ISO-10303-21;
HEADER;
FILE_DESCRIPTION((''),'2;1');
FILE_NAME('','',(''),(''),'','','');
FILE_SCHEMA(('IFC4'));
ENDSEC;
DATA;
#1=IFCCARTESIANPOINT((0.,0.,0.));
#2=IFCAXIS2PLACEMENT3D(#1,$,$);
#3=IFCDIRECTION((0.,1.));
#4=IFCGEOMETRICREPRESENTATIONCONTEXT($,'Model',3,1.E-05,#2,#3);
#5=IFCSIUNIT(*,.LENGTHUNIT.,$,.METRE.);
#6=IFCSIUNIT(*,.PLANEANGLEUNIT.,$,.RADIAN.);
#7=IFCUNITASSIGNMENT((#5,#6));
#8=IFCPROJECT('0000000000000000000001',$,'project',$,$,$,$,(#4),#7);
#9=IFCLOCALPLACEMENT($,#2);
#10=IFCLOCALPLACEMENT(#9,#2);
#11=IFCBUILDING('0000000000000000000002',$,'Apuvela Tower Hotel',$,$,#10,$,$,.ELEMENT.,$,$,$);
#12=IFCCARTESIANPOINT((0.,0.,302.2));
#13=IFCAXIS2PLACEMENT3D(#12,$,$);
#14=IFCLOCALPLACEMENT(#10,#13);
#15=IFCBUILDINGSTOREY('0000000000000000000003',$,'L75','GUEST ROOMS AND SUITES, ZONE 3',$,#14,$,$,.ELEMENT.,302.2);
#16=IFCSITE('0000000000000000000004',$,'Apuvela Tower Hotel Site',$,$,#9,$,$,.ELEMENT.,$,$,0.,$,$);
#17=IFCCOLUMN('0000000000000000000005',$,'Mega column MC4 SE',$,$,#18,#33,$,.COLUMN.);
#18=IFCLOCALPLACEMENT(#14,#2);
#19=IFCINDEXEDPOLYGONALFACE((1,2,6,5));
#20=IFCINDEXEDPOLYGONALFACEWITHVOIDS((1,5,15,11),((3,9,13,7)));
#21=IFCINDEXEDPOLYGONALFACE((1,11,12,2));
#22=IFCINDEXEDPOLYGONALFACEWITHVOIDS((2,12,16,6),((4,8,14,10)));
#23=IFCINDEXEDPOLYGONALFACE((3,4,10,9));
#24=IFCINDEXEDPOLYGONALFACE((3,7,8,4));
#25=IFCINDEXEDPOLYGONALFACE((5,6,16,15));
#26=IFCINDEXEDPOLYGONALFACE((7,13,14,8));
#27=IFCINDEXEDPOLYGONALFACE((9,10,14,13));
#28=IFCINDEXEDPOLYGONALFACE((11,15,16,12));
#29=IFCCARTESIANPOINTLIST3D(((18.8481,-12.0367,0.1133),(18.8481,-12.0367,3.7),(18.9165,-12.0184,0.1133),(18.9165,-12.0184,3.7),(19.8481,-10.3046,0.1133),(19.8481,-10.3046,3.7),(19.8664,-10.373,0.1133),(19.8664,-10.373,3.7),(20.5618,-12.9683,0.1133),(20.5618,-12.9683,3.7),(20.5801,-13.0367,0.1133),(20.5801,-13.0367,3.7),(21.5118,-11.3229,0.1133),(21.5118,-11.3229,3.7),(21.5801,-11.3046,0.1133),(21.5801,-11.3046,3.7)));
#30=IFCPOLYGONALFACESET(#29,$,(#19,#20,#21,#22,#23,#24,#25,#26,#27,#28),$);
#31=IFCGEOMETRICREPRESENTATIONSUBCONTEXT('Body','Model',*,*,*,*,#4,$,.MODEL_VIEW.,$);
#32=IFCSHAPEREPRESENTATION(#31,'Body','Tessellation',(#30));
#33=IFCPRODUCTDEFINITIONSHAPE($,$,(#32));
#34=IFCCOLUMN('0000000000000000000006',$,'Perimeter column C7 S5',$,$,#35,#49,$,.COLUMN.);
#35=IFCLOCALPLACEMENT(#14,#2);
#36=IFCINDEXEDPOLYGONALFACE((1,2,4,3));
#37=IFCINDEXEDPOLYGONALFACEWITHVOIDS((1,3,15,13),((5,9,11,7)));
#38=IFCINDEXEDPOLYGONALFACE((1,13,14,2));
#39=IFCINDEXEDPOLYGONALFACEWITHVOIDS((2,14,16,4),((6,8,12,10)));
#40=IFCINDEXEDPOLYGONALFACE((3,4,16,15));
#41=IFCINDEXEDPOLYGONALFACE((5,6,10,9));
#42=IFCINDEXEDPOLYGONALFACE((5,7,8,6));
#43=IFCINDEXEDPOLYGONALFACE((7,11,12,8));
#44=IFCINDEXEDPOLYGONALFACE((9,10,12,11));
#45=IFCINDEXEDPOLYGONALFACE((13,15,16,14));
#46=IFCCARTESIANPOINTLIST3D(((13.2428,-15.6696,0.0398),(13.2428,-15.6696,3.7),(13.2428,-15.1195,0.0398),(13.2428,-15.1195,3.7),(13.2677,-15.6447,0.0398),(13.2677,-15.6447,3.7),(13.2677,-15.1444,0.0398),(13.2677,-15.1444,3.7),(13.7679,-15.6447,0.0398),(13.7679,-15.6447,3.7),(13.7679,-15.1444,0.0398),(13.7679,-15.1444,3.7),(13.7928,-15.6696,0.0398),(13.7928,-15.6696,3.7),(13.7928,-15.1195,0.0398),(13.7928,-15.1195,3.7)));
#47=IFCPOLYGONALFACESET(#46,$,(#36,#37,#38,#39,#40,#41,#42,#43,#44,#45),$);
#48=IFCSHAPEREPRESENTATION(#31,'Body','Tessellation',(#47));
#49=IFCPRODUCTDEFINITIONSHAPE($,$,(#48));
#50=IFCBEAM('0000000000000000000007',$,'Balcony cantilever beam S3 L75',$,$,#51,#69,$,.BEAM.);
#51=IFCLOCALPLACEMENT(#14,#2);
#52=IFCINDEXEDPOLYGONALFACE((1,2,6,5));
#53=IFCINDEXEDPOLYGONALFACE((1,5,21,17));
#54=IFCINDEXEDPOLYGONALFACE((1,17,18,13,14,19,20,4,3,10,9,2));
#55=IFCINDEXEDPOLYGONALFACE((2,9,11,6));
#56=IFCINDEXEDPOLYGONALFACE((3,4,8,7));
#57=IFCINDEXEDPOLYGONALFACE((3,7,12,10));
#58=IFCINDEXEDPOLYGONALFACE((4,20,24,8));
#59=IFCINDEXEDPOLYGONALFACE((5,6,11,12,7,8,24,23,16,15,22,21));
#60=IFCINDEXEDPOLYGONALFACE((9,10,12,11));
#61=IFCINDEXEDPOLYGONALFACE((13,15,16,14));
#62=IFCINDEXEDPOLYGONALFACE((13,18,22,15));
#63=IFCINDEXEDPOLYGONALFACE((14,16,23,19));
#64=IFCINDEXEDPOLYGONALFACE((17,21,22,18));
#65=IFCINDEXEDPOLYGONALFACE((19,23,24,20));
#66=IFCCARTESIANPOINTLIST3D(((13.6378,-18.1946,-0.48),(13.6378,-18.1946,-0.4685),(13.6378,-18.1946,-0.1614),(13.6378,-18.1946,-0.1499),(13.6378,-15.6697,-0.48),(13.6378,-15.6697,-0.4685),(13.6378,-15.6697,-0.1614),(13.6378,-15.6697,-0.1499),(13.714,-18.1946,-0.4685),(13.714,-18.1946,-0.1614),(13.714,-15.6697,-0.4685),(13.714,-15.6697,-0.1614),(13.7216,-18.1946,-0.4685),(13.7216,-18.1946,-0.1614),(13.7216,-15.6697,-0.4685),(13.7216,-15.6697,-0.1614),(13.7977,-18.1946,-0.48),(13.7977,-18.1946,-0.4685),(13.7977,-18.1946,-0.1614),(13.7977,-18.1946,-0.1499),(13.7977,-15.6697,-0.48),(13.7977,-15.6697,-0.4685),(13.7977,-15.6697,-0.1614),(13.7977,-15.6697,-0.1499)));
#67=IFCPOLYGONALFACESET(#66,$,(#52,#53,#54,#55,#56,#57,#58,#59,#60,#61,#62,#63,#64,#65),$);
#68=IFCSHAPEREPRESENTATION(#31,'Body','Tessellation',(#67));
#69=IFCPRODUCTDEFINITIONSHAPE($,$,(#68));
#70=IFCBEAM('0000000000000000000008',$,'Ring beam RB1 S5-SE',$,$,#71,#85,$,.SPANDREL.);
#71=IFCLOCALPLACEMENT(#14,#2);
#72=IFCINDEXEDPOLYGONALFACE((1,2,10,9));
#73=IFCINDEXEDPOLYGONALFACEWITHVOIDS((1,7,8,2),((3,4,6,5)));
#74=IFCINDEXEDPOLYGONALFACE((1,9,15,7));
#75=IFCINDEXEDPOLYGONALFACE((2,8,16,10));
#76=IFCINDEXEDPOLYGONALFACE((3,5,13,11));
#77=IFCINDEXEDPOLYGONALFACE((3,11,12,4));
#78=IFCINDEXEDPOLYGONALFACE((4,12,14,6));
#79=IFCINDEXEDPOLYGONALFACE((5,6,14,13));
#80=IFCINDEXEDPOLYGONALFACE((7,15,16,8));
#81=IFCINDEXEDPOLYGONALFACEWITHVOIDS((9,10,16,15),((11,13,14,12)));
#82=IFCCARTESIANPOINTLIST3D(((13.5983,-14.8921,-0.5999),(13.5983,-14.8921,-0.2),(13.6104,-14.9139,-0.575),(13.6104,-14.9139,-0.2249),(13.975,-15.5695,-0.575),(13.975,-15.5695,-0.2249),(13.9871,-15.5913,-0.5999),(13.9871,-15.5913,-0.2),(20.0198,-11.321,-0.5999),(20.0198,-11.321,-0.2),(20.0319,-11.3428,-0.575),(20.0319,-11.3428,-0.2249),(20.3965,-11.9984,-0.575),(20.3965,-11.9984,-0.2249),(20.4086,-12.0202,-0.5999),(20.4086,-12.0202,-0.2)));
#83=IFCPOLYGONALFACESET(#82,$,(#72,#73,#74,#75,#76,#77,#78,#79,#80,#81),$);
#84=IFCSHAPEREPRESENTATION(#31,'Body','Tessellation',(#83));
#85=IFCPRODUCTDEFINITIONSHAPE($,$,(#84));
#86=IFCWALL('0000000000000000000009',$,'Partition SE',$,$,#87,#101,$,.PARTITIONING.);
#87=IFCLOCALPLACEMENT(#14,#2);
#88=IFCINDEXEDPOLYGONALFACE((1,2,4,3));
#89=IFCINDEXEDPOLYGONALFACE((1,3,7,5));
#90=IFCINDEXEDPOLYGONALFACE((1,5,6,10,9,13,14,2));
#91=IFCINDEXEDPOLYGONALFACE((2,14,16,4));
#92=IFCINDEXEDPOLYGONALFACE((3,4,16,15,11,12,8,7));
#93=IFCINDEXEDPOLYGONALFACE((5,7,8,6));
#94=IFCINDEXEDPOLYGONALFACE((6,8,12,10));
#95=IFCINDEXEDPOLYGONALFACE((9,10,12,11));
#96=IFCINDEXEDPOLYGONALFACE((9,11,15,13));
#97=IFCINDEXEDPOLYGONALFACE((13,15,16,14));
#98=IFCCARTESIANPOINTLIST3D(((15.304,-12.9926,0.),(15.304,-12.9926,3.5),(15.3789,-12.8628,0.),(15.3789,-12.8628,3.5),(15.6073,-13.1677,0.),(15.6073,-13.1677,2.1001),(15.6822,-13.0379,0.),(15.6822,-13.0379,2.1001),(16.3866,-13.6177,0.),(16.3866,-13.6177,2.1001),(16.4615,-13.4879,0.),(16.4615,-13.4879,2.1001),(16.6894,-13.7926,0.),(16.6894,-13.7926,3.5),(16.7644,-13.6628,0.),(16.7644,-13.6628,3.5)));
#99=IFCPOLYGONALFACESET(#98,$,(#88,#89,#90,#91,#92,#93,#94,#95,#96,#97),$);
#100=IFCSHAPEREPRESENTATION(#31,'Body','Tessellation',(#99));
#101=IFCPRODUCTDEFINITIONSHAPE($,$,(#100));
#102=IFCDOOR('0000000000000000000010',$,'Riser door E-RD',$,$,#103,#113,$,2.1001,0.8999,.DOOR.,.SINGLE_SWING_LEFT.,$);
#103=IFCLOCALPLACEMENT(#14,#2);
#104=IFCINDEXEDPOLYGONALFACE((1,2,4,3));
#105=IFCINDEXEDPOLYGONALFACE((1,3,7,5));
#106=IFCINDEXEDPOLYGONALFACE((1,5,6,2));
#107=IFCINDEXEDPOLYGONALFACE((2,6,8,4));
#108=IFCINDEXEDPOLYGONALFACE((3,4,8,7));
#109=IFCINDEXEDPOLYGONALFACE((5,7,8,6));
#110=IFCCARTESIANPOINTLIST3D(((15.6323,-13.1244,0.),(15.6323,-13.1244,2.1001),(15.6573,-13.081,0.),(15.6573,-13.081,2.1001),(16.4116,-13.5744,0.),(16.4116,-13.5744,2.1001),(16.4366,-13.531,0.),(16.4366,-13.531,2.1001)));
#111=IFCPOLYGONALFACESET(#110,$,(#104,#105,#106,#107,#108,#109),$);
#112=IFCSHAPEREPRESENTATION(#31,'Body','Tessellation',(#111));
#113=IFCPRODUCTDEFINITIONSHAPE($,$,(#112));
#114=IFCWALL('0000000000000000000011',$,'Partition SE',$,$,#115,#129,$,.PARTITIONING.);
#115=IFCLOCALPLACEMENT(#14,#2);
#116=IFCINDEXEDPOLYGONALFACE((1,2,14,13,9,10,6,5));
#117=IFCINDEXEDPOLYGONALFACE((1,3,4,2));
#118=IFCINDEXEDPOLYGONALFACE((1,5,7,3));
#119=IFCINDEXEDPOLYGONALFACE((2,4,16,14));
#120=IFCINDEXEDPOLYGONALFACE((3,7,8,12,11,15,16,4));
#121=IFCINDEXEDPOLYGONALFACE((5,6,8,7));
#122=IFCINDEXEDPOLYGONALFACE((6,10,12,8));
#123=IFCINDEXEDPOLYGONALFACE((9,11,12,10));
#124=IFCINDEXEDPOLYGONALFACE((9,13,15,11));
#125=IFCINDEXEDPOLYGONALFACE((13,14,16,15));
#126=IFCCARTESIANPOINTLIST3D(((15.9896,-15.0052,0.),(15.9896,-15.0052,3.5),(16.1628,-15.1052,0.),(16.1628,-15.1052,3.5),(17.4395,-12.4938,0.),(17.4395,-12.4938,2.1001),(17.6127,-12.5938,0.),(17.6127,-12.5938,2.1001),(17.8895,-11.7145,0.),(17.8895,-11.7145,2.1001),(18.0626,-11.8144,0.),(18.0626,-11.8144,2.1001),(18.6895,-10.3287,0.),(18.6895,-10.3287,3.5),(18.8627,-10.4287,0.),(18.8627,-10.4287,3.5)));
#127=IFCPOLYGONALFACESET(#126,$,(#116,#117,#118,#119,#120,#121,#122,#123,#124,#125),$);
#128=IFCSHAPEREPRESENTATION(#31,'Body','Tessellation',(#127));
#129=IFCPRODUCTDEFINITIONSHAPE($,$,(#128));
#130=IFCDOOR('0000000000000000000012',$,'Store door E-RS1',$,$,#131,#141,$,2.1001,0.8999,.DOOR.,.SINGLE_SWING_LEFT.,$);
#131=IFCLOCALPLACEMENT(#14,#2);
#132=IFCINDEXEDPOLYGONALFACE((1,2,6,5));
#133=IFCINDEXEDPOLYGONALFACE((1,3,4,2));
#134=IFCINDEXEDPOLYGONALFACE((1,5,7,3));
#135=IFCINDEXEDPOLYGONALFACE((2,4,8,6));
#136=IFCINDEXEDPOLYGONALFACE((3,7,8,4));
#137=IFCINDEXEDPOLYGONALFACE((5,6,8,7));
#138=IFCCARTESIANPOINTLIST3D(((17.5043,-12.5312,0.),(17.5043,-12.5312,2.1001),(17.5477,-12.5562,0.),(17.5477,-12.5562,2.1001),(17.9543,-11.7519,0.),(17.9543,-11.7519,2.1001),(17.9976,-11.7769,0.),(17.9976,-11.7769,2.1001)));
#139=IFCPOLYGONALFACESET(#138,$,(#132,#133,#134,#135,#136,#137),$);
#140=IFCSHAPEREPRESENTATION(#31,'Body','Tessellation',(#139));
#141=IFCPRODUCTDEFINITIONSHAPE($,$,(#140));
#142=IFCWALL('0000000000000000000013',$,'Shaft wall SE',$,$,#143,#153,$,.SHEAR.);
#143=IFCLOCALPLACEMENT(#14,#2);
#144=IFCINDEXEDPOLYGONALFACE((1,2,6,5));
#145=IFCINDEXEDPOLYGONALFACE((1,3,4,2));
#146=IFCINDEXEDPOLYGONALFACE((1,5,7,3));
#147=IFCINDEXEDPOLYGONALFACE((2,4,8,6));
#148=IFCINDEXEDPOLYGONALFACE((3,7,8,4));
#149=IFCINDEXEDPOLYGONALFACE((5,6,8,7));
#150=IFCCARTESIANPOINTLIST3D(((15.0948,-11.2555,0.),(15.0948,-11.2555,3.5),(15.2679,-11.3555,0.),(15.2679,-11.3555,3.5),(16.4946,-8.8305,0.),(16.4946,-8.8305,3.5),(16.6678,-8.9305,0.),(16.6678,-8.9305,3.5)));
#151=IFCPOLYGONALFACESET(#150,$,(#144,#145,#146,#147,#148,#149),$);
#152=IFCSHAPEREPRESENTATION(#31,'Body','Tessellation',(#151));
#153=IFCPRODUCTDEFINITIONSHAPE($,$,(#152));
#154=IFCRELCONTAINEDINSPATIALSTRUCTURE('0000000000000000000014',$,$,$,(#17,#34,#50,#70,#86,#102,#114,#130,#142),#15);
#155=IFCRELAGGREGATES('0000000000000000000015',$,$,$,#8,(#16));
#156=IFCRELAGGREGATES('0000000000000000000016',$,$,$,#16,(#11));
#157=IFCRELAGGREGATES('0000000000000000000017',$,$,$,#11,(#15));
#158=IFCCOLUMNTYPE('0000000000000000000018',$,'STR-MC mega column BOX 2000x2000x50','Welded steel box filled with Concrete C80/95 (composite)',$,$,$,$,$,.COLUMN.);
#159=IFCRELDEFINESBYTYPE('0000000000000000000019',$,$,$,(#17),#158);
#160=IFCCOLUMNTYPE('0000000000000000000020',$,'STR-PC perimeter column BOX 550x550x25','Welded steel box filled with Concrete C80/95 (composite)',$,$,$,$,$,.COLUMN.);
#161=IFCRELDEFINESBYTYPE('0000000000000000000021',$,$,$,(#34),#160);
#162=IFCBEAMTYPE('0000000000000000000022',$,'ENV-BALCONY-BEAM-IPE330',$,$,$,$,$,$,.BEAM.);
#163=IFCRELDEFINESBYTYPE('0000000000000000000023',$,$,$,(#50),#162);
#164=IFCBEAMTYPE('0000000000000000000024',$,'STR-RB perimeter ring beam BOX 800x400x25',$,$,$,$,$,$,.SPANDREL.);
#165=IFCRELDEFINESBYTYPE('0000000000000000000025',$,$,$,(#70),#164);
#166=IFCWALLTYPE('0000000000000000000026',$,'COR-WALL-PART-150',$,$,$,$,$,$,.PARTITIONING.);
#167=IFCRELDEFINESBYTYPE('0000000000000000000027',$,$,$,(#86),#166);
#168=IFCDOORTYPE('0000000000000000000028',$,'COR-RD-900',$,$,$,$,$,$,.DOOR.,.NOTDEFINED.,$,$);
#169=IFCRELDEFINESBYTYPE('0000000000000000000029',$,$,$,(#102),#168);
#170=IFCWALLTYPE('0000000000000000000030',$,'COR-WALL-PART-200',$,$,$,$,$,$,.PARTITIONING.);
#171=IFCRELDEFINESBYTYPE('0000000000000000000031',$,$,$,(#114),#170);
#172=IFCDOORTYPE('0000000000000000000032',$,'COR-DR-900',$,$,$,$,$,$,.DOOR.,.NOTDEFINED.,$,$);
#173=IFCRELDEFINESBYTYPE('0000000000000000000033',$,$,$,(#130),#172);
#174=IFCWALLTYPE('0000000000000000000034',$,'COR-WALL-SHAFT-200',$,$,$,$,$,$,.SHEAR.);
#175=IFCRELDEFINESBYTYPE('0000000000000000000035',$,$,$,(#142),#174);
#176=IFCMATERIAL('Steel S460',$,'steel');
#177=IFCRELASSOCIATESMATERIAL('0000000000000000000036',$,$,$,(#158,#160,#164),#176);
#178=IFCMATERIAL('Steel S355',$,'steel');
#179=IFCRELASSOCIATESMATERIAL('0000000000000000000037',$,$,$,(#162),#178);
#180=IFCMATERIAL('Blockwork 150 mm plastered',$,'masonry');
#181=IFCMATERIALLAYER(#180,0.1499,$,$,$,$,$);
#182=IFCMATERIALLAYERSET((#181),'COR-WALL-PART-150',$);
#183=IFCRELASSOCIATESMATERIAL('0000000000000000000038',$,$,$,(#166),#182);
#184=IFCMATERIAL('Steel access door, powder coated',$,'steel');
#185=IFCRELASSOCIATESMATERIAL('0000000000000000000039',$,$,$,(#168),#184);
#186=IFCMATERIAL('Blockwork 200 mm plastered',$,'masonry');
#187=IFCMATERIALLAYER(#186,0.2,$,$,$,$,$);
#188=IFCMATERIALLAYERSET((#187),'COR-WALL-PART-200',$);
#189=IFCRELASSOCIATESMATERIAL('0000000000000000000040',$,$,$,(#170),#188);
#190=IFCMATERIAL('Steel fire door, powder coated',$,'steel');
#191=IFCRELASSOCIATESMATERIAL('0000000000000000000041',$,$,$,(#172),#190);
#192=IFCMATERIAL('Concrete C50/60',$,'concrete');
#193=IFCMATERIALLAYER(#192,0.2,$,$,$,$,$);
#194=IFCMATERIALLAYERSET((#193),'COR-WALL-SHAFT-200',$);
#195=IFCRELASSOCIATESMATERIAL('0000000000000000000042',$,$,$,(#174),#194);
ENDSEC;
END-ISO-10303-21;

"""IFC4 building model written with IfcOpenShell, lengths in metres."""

from ifc_helpers import new_model, si_unit, direction, frame, frame_2d, origin, origin_2d, place, context, subcontext, project, spatial, rectangle, hollow_rectangle, i_section, extrude, boolean, halfspace, material, layer, layer_set, material_profile, profile_set, type_object, element, fill, save


model = new_model("IFC4")

# Units and contexts
model_context = context("Model", 3, precision=1e-05, world=origin(), true_north=direction((0.0, 1.0)))
body_context = subcontext(model_context, "Body", "Model", "MODEL_VIEW")
ifc_project = project(units=[si_unit("LENGTHUNIT", "METRE"), si_unit("PLANEANGLEUNIT", "RADIAN")], contexts=[model_context])

# Site, building, storey
site_placement = place(None, origin())
site = spatial("IfcSite", under=ifc_project, at=site_placement, Name="Apuvela Tower Hotel Site", CompositionType="ELEMENT", RefElevation=0.0)
building_placement = place(site_placement, origin())
building = spatial("IfcBuilding", under=site, at=building_placement, Name="Apuvela Tower Hotel", CompositionType="ELEMENT")
storey_placement = place(building_placement, frame((0.0, 0.0, 302.2)))
storey = spatial("IfcBuildingStorey", under=building, at=storey_placement, Name="L75", Description="GUEST ROOMS AND SUITES, ZONE 3", CompositionType="ELEMENT", Elevation=302.2)

# Columns
ifc_material_1 = material(Name="Steel S460", Category="steel")
ifc_material_profile_1 = material_profile(ifc_material_1, hollow_rectangle(XDim=2.0, YDim=2.0, WallThickness=0.05, at=origin_2d()), Name="BOX 2000x2000x50")
ifc_material_2 = material(Name="Concrete C80/95", Category="concrete")
ifc_material_profile_2 = material_profile(ifc_material_2, rectangle(XDim=1.8999, YDim=1.8999, at=origin_2d()), Name="Concrete C80/95 infill")
ifc_profile_set_1 = profile_set([ifc_material_profile_1, ifc_material_profile_2], Name="Steel S460")
column_type_1 = type_object("IfcColumnType", Name="STR-MC mega column BOX 2000x2000x50", Description="Welded steel box filled with Concrete C80/95 (composite)", PredefinedType="COLUMN", material=ifc_profile_set_1)
column_1_placement = place(storey_placement, frame((20.2141, -11.6707, 0.0), z_axis=(0.0, 0.0, 1.0), x_axis=(0.5, 0.866025, 0.0)))
element("IfcColumn", 1, at=column_1_placement, inside=storey, type_object=column_type_1, Name="Mega column MC4 SE", PredefinedType="COLUMN", context=body_context, shape_type="SweptSolid", body=[
    boolean("DIFFERENCE", extrude(hollow_rectangle(XDim=2.0, YDim=2.0, WallThickness=0.05, at=origin_2d()), origin(), (0.0, 0.0, 1.0), 3.7), halfspace(frame((0.0, 0.0, 0.1133), z_axis=(0.0, 0.0, 1.0), x_axis=(1.0, 0.0, 0.0)), True)),
])
ifc_material_profile_3 = material_profile(ifc_material_1, hollow_rectangle(XDim=0.55, YDim=0.55, WallThickness=0.0249, at=origin_2d()), Name="BOX 550x550x25")
ifc_material_profile_4 = material_profile(ifc_material_2, rectangle(XDim=0.5, YDim=0.5, at=origin_2d()), Name="Concrete C80/95 infill")
ifc_profile_set_2 = profile_set([ifc_material_profile_3, ifc_material_profile_4], Name="Steel S460")
column_type_2 = type_object("IfcColumnType", Name="STR-PC perimeter column BOX 550x550x25", Description="Welded steel box filled with Concrete C80/95 (composite)", PredefinedType="COLUMN", material=ifc_profile_set_2)
column_2_placement = place(storey_placement, frame((13.5178, -15.3945, 0.0), z_axis=(0.0, 0.0, 1.0), x_axis=(-1.0, 0.0, 0.0)))
element("IfcColumn", 2, at=column_2_placement, inside=storey, type_object=column_type_2, Name="Perimeter column C7 S5", PredefinedType="COLUMN", context=body_context, shape_type="SweptSolid", body=[
    boolean("DIFFERENCE", extrude(hollow_rectangle(XDim=0.55, YDim=0.55, WallThickness=0.0249, at=origin_2d()), origin(), (0.0, 0.0, 1.0), 3.7), halfspace(frame((0.0, 0.0, 0.0398), z_axis=(0.0, 0.0, 1.0), x_axis=(1.0, 0.0, 0.0)), True)),
])

# Beams
ifc_material_3 = material(Name="Steel S355", Category="steel")
ifc_material_profile_5 = material_profile(ifc_material_3, i_section(OverallWidth=0.1599, OverallDepth=0.3301, WebThickness=0.0076, FlangeThickness=0.0115, at=origin_2d()), Name="IPE 330")
ifc_profile_set_3 = profile_set([ifc_material_profile_5], Name="Steel S355")
beam_type_1 = type_object("IfcBeamType", Name="ENV-BALCONY-BEAM-IPE330", PredefinedType="BEAM", material=ifc_profile_set_3)
beam_1_placement = place(storey_placement, frame((13.7178, -15.6697, -0.3149), z_axis=(0.0, -1.0, 0.0), x_axis=(1.0, 0.0, 0.0)))
element("IfcBeam", 3, at=beam_1_placement, inside=storey, type_object=beam_type_1, Name="Balcony cantilever beam S3 L75", PredefinedType="BEAM", context=body_context, shape_type="SweptSolid", body=[
    extrude(i_section(OverallWidth=0.1599, OverallDepth=0.3301, WebThickness=0.0076, FlangeThickness=0.0115, at=origin_2d()), origin(), (0.0, 0.0, 1.0), 2.5249),
])
ifc_material_profile_6 = material_profile(ifc_material_1, hollow_rectangle(XDim=0.8, YDim=0.3999, WallThickness=0.0249, at=origin_2d()), Name="BOX 800x400x25")
ifc_profile_set_4 = profile_set([ifc_material_profile_6], Name="Steel S460")
beam_type_2 = type_object("IfcBeamType", Name="STR-RB perimeter ring beam BOX 800x400x25", PredefinedType="SPANDREL", material=ifc_profile_set_4)
beam_2_placement = place(storey_placement, frame((13.7927, -15.2417, -0.3999), z_axis=(0.873949, 0.486018, 0.0), x_axis=(-0.486018, 0.873949, 0.0)))
element("IfcBeam", 4, at=beam_2_placement, inside=storey, type_object=beam_type_2, Name="Ring beam RB1 S5-SE", PredefinedType="SPANDREL", context=body_context, shape_type="SweptSolid", body=[
    extrude(hollow_rectangle(XDim=0.8, YDim=0.3999, WallThickness=0.0249, at=origin_2d()), origin(), (0.0, 0.0, 1.0), 7.3477),
])

# Walls, openings, doors
ifc_material_4 = material(Name="Blockwork 150 mm plastered", Category="masonry")
ifc_layer_1 = layer(ifc_material_4, 0.1499)
ifc_layer_set_1 = layer_set([ifc_layer_1], Name="COR-WALL-PART-150")
wall_type_1 = type_object("IfcWallType", Name="COR-WALL-PART-150", PredefinedType="PARTITIONING", material=ifc_layer_set_1)
wall_1_placement = place(storey_placement, frame((15.3416, -12.9277, 0.0), z_axis=(0.0, 0.0, 1.0), x_axis=(0.86599, -0.500061, 0.0)))
wall_1 = element("IfcWall", 5, at=wall_1_placement, inside=storey, type_object=wall_type_1, Name="Partition SE", PredefinedType="PARTITIONING", context=body_context, shape_type="SweptSolid", body=[
    extrude(rectangle(XDim=1.5999, YDim=0.1499, at=frame_2d((0.7998, 0.0))), origin(), (0.0, 0.0, 1.0), 3.5),
])
opening_1_placement = place(wall_1_placement, frame((0.3501, 0.0, 0.0)))
opening_1 = element("IfcOpeningElement", 6, at=opening_1_placement, cuts=wall_1, PredefinedType="OPENING", context=body_context, shape_type="SweptSolid", body=[
    extrude(rectangle(XDim=0.8999, YDim=2.1001, at=frame_2d((0.45, 1.05))), frame((0.0, 0.085, 0.0), z_axis=(0.0, -1.0, 0.0), x_axis=(1.0, 0.0, 0.0)), (0.0, 0.0, 1.0), 0.1699),
])
ifc_material_5 = material(Name="Steel access door, powder coated", Category="steel")
door_type_1 = type_object("IfcDoorType", Name="COR-RD-900", OperationType="NOTDEFINED", PredefinedType="DOOR", material=ifc_material_5)
door_1_placement = place(opening_1_placement, frame((0.8999, 0.0, 0.0), z_axis=(0.0, 0.0, 1.0), x_axis=(-1.0, 0.0, 0.0)))
door_1 = element("IfcDoor", 7, at=door_1_placement, inside=storey, type_object=door_type_1, Name="Riser door E-RD", OperationType="SINGLE_SWING_LEFT", OverallHeight=2.1001, OverallWidth=0.8999, PredefinedType="DOOR", context=body_context, shape_type="SweptSolid", body=[
    extrude(rectangle(XDim=0.8999, YDim=2.1001, at=frame_2d((0.45, 1.05))), frame((0.0, 0.0249, 0.0), z_axis=(0.0, -1.0, 0.0), x_axis=(1.0, 0.0, 0.0)), (0.0, 0.0, 1.0), 0.05),
])
fill(opening_1, door_1)
ifc_material_6 = material(Name="Blockwork 200 mm plastered", Category="masonry")
ifc_layer_2 = layer(ifc_material_6, 0.2)
ifc_layer_set_2 = layer_set([ifc_layer_2], Name="COR-WALL-PART-200")
wall_type_2 = type_object("IfcWallType", Name="COR-WALL-PART-200", PredefinedType="PARTITIONING", material=ifc_layer_set_2)
wall_2_placement = place(storey_placement, frame((16.0762, -15.0552, 0.0), z_axis=(0.0, 0.0, 1.0), x_axis=(0.499995, 0.866028, 0.0)))
wall_2 = element("IfcWall", 8, at=wall_2_placement, inside=storey, type_object=wall_type_2, Name="Partition SE", PredefinedType="PARTITIONING", context=body_context, shape_type="SweptSolid", body=[
    extrude(rectangle(XDim=5.3999, YDim=0.2, at=frame_2d((2.7, 0.0))), origin(), (0.0, 0.0, 1.0), 3.5),
])
opening_2_placement = place(wall_2_placement, frame((2.8999, 0.0, 0.0)))
opening_2 = element("IfcOpeningElement", 9, at=opening_2_placement, cuts=wall_2, PredefinedType="OPENING", context=body_context, shape_type="SweptSolid", body=[
    extrude(rectangle(XDim=0.8999, YDim=2.1001, at=frame_2d((0.45, 1.05))), frame((0.0, 0.1099, 0.0), z_axis=(0.0, -1.0, 0.0), x_axis=(1.0, 0.0, 0.0)), (0.0, 0.0, 1.0), 0.22),
])
ifc_material_7 = material(Name="Steel fire door, powder coated", Category="steel")
door_type_2 = type_object("IfcDoorType", Name="COR-DR-900", OperationType="NOTDEFINED", PredefinedType="DOOR", material=ifc_material_7)
door_2_placement = place(opening_2_placement, frame((0.8999, 0.0, 0.0), z_axis=(0.0, 0.0, 1.0), x_axis=(-1.0, 0.0, 0.0)))
door_2 = element("IfcDoor", 10, at=door_2_placement, inside=storey, type_object=door_type_2, Name="Store door E-RS1", OperationType="SINGLE_SWING_LEFT", OverallHeight=2.1001, OverallWidth=0.8999, PredefinedType="DOOR", context=body_context, shape_type="SweptSolid", body=[
    extrude(rectangle(XDim=0.8999, YDim=2.1001, at=frame_2d((0.45, 1.05))), frame((0.0, 0.0249, 0.0), z_axis=(0.0, -1.0, 0.0), x_axis=(1.0, 0.0, 0.0)), (0.0, 0.0, 1.0), 0.05),
])
fill(opening_2, door_2)

# Wall
ifc_material_8 = material(Name="Concrete C50/60", Category="concrete")
ifc_layer_3 = layer(ifc_material_8, 0.2)
ifc_layer_set_3 = layer_set([ifc_layer_3], Name="COR-WALL-SHAFT-200")
wall_type_3 = type_object("IfcWallType", Name="COR-WALL-SHAFT-200", PredefinedType="SHEAR", material=ifc_layer_set_3)
wall_3_placement = place(storey_placement, frame((15.1814, -11.3054, 0.0), z_axis=(0.0, 0.0, 1.0), x_axis=(0.499946, 0.866056, 0.0)))
element("IfcWall", 11, at=wall_3_placement, inside=storey, type_object=wall_type_3, Name="Shaft wall SE", PredefinedType="SHEAR", context=body_context, shape_type="SweptSolid", body=[
    extrude(rectangle(XDim=2.8, YDim=0.2, at=frame_2d((1.3999, 0.0))), origin(), (0.0, 0.0, 1.0), 3.5),
])

save(model, "model.ifc")
